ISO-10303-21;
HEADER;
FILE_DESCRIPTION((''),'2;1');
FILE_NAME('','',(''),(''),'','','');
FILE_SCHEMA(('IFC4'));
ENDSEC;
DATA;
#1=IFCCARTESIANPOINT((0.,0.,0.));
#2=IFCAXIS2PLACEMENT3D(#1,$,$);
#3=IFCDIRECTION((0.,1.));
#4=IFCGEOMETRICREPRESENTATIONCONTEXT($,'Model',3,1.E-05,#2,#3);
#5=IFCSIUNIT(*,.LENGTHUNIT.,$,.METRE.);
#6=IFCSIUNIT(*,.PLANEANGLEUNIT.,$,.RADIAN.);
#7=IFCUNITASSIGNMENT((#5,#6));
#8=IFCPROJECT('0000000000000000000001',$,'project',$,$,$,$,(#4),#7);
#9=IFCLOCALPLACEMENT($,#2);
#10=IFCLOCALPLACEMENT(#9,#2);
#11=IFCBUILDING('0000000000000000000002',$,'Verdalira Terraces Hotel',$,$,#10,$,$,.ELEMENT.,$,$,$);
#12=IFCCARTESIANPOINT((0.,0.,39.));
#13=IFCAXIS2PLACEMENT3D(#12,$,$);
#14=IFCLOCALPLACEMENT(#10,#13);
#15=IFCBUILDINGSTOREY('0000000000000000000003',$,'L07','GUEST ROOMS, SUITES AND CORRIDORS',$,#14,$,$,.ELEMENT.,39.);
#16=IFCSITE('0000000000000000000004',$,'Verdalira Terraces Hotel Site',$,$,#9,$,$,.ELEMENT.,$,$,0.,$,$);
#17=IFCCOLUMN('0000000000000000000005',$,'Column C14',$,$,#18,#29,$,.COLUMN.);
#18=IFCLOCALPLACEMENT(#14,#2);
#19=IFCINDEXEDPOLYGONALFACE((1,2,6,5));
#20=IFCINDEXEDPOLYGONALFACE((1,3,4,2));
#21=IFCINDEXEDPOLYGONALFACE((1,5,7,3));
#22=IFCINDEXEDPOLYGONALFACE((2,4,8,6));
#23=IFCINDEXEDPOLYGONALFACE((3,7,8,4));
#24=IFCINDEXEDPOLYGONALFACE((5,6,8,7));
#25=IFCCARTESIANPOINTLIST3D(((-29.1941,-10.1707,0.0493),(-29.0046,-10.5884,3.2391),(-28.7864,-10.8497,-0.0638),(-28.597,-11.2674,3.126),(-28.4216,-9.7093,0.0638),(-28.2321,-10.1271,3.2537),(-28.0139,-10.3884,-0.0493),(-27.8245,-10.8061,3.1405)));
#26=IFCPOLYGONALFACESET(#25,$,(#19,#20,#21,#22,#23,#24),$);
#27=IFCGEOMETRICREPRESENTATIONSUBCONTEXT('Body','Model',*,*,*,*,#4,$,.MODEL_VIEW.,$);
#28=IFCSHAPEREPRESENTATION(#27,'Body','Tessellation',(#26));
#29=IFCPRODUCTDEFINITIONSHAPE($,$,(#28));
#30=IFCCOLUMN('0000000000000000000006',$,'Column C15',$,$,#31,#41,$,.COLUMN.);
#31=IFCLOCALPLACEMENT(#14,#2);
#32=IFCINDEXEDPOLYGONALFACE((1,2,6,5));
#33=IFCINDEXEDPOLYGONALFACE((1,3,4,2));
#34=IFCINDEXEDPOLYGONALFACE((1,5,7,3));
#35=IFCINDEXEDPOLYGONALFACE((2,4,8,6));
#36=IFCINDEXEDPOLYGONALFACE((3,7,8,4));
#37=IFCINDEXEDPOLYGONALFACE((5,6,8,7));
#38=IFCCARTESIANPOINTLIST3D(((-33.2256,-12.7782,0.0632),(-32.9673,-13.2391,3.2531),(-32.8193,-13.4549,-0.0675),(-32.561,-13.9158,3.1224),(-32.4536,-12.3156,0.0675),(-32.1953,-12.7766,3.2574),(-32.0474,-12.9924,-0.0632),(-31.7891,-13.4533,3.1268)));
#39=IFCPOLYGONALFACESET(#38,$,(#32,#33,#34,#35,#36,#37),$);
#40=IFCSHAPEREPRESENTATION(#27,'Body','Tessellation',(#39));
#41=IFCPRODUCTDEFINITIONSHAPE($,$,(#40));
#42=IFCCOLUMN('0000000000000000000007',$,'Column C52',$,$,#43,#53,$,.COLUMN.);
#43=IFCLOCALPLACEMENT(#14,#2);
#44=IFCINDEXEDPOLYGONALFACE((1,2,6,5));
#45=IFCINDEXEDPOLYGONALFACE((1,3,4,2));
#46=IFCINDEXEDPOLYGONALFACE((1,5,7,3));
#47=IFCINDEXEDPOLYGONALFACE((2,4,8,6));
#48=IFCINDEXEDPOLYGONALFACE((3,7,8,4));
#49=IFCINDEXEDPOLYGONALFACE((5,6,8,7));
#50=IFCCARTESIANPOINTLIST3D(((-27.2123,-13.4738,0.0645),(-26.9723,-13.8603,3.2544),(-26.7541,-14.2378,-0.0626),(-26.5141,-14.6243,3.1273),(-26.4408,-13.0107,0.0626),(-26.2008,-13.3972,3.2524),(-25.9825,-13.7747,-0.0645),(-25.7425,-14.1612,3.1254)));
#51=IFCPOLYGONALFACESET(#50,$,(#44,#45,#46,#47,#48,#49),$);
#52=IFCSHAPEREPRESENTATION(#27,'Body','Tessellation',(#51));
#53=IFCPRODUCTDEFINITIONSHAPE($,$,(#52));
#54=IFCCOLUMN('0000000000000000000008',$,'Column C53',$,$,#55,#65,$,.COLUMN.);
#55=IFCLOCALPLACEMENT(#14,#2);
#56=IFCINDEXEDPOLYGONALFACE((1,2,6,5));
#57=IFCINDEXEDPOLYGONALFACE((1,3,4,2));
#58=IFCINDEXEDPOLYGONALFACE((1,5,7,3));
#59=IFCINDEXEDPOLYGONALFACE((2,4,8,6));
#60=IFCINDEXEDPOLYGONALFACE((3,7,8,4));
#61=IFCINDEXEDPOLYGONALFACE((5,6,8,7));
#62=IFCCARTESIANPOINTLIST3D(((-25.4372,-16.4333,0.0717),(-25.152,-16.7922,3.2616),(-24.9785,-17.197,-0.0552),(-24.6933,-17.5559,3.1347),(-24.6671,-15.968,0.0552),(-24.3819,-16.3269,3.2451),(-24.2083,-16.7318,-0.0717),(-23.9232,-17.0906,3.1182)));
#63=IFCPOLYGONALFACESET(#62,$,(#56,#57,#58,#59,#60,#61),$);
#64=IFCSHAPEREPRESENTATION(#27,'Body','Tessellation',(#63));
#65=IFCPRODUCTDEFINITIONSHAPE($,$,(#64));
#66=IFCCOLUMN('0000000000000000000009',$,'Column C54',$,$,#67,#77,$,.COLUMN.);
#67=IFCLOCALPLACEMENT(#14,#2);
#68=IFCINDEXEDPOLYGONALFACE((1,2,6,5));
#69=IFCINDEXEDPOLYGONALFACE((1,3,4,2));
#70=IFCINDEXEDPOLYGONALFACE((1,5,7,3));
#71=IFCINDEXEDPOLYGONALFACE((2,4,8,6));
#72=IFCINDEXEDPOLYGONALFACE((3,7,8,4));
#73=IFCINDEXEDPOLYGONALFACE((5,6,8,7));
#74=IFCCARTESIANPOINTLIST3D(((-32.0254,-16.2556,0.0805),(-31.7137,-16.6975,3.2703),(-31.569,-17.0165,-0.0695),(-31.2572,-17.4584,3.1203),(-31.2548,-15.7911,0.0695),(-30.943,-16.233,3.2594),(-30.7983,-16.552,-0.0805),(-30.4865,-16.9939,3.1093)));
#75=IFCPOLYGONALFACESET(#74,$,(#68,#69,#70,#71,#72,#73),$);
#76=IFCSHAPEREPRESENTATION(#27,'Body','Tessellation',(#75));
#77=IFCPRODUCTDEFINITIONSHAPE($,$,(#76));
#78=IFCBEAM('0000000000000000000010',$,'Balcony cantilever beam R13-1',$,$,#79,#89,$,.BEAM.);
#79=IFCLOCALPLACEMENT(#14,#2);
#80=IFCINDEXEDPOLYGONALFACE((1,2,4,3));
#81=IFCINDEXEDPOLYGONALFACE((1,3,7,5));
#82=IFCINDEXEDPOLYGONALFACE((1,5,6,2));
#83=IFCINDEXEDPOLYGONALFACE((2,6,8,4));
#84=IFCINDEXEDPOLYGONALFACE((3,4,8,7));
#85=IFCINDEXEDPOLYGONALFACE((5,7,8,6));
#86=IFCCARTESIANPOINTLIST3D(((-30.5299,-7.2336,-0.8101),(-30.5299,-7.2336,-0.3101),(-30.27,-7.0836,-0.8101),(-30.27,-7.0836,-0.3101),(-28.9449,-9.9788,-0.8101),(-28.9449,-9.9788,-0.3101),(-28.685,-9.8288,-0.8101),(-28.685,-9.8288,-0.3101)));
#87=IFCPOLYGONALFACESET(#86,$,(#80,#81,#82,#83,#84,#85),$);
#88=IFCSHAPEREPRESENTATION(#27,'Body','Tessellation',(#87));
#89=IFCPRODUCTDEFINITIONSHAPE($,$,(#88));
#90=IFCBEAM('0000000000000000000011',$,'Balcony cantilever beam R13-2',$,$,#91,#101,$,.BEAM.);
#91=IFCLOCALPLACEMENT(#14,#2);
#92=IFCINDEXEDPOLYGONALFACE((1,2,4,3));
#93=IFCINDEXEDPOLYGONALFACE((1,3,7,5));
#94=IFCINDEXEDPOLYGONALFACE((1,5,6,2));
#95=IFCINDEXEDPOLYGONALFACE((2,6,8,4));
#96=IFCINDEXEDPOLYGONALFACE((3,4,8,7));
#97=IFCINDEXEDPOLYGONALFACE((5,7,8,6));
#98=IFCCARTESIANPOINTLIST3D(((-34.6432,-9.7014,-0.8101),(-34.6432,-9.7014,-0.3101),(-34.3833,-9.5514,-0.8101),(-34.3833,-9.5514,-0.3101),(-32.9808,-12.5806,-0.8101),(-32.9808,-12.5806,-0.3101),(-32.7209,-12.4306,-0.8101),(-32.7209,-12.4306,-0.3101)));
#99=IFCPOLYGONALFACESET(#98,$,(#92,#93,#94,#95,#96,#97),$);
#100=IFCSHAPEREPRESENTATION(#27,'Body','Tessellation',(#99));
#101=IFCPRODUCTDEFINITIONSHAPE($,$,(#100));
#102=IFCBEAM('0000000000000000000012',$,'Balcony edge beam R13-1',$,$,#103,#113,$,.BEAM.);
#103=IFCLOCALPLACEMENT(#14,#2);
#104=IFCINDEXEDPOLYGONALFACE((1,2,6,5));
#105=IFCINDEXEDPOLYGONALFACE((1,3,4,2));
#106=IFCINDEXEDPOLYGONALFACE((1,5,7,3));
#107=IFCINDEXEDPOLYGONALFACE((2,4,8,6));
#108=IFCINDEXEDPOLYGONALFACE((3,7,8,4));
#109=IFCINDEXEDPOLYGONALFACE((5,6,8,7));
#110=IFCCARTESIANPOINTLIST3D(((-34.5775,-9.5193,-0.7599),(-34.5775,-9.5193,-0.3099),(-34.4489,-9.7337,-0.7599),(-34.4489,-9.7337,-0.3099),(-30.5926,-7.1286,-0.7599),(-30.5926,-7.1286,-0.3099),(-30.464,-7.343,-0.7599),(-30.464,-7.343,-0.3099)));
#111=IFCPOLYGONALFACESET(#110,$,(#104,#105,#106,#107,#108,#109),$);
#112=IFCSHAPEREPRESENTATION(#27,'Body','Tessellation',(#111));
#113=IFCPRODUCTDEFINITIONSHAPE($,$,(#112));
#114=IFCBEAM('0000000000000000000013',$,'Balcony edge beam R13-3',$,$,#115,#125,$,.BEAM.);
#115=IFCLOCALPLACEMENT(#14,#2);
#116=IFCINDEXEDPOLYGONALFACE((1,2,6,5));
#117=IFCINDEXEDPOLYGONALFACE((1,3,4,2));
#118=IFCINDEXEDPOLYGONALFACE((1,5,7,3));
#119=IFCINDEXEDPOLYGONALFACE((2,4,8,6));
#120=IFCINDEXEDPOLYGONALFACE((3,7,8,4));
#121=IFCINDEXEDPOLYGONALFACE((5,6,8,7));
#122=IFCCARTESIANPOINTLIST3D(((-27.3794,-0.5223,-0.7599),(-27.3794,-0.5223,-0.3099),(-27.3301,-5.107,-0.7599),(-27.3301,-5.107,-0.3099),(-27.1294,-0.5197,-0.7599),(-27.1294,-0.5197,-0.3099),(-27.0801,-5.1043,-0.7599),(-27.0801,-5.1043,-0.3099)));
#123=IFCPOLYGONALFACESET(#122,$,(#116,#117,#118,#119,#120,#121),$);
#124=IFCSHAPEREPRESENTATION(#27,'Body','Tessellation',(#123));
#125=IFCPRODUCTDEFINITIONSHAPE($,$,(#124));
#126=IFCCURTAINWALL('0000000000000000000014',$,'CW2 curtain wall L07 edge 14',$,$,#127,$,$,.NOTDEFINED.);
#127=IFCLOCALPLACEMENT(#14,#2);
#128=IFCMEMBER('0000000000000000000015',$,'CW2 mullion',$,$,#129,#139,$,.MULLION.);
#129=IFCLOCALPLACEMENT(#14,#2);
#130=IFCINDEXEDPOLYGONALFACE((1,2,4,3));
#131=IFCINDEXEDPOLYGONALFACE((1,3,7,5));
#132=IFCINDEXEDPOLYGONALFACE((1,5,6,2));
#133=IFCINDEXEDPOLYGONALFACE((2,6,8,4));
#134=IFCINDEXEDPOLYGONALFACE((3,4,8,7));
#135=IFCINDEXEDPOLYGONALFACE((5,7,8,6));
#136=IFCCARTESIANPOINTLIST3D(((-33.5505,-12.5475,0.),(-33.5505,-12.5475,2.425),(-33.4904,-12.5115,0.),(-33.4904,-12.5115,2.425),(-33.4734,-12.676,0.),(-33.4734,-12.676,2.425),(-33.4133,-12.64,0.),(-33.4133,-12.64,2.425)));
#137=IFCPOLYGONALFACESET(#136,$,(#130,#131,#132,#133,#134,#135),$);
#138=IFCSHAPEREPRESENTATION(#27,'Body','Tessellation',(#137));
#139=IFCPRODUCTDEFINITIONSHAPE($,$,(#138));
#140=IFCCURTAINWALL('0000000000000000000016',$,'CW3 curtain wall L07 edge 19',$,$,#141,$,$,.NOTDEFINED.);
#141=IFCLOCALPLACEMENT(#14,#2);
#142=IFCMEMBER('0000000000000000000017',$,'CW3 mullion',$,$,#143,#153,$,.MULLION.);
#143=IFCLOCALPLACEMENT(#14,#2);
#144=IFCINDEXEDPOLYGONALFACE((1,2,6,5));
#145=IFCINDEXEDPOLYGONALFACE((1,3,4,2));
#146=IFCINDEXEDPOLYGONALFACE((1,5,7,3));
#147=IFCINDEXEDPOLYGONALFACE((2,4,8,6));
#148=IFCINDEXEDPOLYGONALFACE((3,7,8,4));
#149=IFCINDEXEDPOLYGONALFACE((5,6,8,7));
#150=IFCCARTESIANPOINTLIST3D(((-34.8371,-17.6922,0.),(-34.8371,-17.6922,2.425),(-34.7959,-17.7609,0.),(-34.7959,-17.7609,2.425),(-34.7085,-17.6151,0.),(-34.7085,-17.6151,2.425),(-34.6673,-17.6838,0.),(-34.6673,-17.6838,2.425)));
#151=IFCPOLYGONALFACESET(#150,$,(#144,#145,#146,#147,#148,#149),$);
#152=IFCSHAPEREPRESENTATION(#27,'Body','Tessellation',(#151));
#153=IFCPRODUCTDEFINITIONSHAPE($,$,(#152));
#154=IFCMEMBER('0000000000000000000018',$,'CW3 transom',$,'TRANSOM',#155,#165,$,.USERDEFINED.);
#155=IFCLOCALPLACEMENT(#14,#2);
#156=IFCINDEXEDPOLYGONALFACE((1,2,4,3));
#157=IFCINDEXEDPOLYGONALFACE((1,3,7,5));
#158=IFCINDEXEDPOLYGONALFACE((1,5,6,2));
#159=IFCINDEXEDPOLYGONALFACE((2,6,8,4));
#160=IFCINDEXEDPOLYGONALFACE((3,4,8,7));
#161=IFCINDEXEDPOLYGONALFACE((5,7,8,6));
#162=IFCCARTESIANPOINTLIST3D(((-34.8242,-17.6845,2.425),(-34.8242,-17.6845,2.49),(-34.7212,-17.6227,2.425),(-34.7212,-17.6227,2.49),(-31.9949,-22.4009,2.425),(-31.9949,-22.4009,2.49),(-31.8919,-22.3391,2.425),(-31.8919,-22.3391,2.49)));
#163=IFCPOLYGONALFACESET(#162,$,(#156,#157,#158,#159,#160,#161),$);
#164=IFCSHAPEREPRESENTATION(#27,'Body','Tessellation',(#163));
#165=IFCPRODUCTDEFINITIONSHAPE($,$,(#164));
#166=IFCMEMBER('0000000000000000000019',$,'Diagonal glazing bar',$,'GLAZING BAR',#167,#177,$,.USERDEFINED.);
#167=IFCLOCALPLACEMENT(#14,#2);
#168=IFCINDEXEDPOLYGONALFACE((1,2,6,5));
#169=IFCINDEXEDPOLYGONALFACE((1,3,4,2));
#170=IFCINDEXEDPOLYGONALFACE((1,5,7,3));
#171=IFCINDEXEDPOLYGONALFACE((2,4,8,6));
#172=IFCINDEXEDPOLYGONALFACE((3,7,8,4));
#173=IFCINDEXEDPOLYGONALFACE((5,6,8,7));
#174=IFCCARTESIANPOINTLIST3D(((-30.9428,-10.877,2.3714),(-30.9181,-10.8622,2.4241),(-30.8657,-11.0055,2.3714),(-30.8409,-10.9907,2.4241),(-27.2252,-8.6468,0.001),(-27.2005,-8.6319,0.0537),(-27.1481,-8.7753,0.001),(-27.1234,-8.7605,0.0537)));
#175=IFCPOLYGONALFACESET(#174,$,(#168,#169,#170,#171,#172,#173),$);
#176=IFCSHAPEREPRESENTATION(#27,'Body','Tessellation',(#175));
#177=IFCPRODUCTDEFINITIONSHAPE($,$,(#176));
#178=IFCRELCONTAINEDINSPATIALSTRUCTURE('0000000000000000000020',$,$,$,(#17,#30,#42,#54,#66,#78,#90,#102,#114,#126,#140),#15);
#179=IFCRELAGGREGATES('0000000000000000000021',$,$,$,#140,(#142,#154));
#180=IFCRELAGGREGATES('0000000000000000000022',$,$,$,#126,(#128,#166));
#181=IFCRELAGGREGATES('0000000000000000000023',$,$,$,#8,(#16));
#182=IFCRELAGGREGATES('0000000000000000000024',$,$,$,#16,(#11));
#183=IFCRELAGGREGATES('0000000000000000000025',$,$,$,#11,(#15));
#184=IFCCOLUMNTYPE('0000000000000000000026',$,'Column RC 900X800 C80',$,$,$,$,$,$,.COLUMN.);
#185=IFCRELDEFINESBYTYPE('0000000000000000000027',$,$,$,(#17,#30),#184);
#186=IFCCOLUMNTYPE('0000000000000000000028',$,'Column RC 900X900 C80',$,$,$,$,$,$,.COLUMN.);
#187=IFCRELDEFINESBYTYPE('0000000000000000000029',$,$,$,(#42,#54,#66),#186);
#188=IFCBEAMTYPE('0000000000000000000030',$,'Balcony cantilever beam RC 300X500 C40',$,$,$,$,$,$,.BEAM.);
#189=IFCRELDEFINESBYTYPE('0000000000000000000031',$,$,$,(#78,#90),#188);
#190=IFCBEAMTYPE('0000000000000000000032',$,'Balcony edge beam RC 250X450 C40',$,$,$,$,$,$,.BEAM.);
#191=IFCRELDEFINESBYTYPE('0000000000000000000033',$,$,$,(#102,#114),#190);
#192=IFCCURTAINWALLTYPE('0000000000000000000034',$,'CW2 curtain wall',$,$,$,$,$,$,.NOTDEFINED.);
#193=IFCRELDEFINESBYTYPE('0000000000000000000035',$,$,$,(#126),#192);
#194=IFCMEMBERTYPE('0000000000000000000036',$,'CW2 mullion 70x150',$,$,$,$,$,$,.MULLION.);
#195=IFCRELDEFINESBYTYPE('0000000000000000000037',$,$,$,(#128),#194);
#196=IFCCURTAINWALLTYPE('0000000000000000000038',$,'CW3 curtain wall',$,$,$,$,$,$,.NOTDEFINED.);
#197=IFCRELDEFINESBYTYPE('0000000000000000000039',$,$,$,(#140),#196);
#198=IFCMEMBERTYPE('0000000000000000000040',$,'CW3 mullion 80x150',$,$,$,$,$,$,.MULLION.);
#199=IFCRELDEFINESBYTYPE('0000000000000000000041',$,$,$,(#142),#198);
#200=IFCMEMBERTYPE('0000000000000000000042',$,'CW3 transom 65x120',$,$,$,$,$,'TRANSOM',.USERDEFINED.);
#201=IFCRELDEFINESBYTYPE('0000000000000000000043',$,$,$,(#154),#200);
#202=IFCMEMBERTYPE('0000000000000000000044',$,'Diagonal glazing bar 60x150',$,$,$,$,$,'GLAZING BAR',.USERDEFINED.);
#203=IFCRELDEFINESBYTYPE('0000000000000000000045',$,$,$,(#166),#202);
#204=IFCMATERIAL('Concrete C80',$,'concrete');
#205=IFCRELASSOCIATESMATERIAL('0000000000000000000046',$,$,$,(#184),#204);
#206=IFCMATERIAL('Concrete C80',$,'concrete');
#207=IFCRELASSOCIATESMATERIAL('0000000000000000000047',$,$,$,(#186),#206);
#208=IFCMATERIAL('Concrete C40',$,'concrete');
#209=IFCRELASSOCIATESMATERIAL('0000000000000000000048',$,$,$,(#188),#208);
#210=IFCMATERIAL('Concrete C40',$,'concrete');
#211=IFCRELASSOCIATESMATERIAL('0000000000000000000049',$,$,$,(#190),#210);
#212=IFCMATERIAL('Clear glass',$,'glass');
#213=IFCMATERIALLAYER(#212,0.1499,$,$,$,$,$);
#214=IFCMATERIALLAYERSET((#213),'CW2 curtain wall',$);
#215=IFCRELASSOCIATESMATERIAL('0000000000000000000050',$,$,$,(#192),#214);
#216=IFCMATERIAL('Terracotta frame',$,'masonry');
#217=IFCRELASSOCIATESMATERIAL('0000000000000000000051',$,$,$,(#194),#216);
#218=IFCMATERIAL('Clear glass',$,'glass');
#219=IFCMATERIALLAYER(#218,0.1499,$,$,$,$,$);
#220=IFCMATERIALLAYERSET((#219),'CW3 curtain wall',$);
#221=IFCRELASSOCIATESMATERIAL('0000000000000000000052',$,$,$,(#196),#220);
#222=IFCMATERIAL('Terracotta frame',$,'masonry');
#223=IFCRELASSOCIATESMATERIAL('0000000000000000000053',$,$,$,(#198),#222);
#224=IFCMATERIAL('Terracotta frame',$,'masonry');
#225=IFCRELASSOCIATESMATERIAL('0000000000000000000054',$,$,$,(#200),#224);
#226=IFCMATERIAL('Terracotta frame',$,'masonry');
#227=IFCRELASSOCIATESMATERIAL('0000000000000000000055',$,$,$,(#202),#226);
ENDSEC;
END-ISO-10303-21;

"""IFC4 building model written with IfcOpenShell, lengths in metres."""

from ifc_helpers import new_model, si_unit, direction, frame, origin, origin_2d, place, context, subcontext, project, spatial, rectangle, extrude, material, layer, layer_set, material_profile, profile_set, type_object, element, aggregate, save


model = new_model("IFC4")

# Units and contexts
model_context = context("Model", 3, precision=1e-05, world=origin(), true_north=direction((0.0, 1.0)))
body_context = subcontext(model_context, "Body", "Model", "MODEL_VIEW")
ifc_project = project(units=[si_unit("LENGTHUNIT", "METRE"), si_unit("PLANEANGLEUNIT", "RADIAN")], contexts=[model_context])

# Site, building, storey
site_placement = place(None, origin())
site = spatial("IfcSite", under=ifc_project, at=site_placement, Name="Verdalira Terraces Hotel Site", CompositionType="ELEMENT", RefElevation=0.0)
building_placement = place(site_placement, origin())
building = spatial("IfcBuilding", under=site, at=building_placement, Name="Verdalira Terraces Hotel", CompositionType="ELEMENT")
storey_placement = place(building_placement, frame((0.0, 0.0, 39.0)))
storey = spatial("IfcBuildingStorey", under=building, at=storey_placement, Name="L07", Description="GUEST ROOMS, SUITES AND CORRIDORS", CompositionType="ELEMENT", Elevation=39.0)

# Columns
ifc_material_1 = material(Name="Concrete C80", Category="concrete")
ifc_material_profile_1 = material_profile(ifc_material_1, rectangle(XDim=0.8999, YDim=0.8, at=origin_2d()), Name="RC 900X800")
ifc_profile_set_1 = profile_set([ifc_material_profile_1], Name="Concrete C80")
column_type_1 = type_object("IfcColumnType", Name="Column RC 900X800 C80", PredefinedType="COLUMN", material=ifc_profile_set_1)
column_1_placement = place(storey_placement, frame((-28.604, -10.2795, 0.0), z_axis=(0.058786, -0.129617, 0.98982), x_axis=(-0.858441, -0.512658, -0.016149)))
element("IfcColumn", 1, at=column_1_placement, inside=storey, type_object=column_type_1, Name="Column C14", PredefinedType="COLUMN", context=body_context, shape_type="SweptSolid", body=[
    extrude(rectangle(XDim=0.8999, YDim=0.8, at=origin_2d()), origin(), (0.0, 0.0, 1.0), 3.2227),
])
column_2_placement = place(storey_placement, frame((-32.6365, -12.8853, 0.0), z_axis=(0.079885, -0.142555, 0.986558), x_axis=(-0.857783, -0.51399, -0.004812)))
element("IfcColumn", 2, at=column_2_placement, inside=storey, type_object=column_type_1, Name="Column C15", PredefinedType="COLUMN", context=body_context, shape_type="SweptSolid", body=[
    extrude(rectangle(XDim=0.8999, YDim=0.8, at=origin_2d()), origin(), (0.0, 0.0, 1.0), 3.2334),
])
ifc_material_2 = material(Name="Concrete C80", Category="concrete")
ifc_material_profile_2 = material_profile(ifc_material_2, rectangle(XDim=0.8999, YDim=0.8999, at=origin_2d()), Name="RC 900X900")
ifc_profile_set_2 = profile_set([ifc_material_profile_2], Name="Concrete C80")
column_type_2 = type_object("IfcColumnType", Name="Column RC 900X900 C80", PredefinedType="COLUMN", material=ifc_profile_set_2)
column_3_placement = place(storey_placement, frame((-26.5974, -13.6243, 0.0), z_axis=(0.07448, -0.119941, 0.989983), x_axis=(-0.857393, -0.514658, 0.002152)))
element("IfcColumn", 3, at=column_3_placement, inside=storey, type_object=column_type_2, Name="Column C52", PredefinedType="COLUMN", context=body_context, shape_type="SweptSolid", body=[
    extrude(rectangle(XDim=0.8999, YDim=0.8999, at=origin_2d()), origin(), (0.0, 0.0, 1.0), 3.2222),
])
column_4_placement = place(storey_placement, frame((-24.8228, -16.5825, 0.0), z_axis=(0.088483, -0.111362, 0.989833), x_axis=(-0.855771, -0.51703, 0.018331)))
element("IfcColumn", 4, at=column_4_placement, inside=storey, type_object=column_type_2, Name="Column C53", PredefinedType="COLUMN", context=body_context, shape_type="SweptSolid", body=[
    extrude(rectangle(XDim=0.8999, YDim=0.8999, at=origin_2d()), origin(), (0.0, 0.0, 1.0), 3.2227),
])
column_5_placement = place(storey_placement, frame((-31.4119, -16.4038, 0.0), z_axis=(0.09636, -0.136579, 0.985932), x_axis=(-0.856398, -0.516172, 0.012196)))
element("IfcColumn", 5, at=column_5_placement, inside=storey, type_object=column_type_2, Name="Column C54", PredefinedType="COLUMN", context=body_context, shape_type="SweptSolid", body=[
    extrude(rectangle(XDim=0.8999, YDim=0.8999, at=origin_2d()), origin(), (0.0, 0.0, 1.0), 3.2354),
])

# Beams
ifc_material_3 = material(Name="Concrete C40", Category="concrete")
ifc_material_profile_3 = material_profile(ifc_material_3, rectangle(XDim=0.3, YDim=0.5, at=origin_2d()), Name="RC 300X500")
ifc_profile_set_3 = profile_set([ifc_material_profile_3], Name="Concrete C40")
beam_type_1 = type_object("IfcBeamType", Name="Balcony cantilever beam RC 300X500 C40", PredefinedType="BEAM", material=ifc_profile_set_3)
beam_1_placement = place(storey_placement, frame((-28.8149, -9.9038, -0.5601), z_axis=(-0.500016, 0.866016, 0.0), x_axis=(-0.866016, -0.500016, 0.0)))
element("IfcBeam", 6, at=beam_1_placement, inside=storey, type_object=beam_type_1, Name="Balcony cantilever beam R13-1", PredefinedType="BEAM", context=body_context, shape_type="SweptSolid", body=[
    extrude(rectangle(XDim=0.3, YDim=0.5, at=origin_2d()), origin(), (0.0, 0.0, 1.0), 3.1699),
])
beam_2_placement = place(storey_placement, frame((-32.8508, -12.5056, -0.5601), z_axis=(-0.500017, 0.866016, 0.0), x_axis=(-0.866016, -0.500017, 0.0)))
element("IfcBeam", 7, at=beam_2_placement, inside=storey, type_object=beam_type_1, Name="Balcony cantilever beam R13-2", PredefinedType="BEAM", context=body_context, shape_type="SweptSolid", body=[
    extrude(rectangle(XDim=0.3, YDim=0.5, at=origin_2d()), origin(), (0.0, 0.0, 1.0), 3.3247),
])
ifc_material_4 = material(Name="Concrete C40", Category="concrete")
ifc_material_profile_4 = material_profile(ifc_material_4, rectangle(XDim=0.25, YDim=0.45, at=origin_2d()), Name="RC 250X450")
ifc_profile_set_4 = profile_set([ifc_material_profile_4], Name="Concrete C40")
beam_type_2 = type_object("IfcBeamType", Name="Balcony edge beam RC 250X450 C40", PredefinedType="BEAM", material=ifc_profile_set_4)
beam_3_placement = place(storey_placement, frame((-30.5283, -7.2358, -0.5349), z_axis=(-0.857521, -0.514449, 0.0), x_axis=(0.514449, -0.857521, 0.0)))
element("IfcBeam", 8, at=beam_3_placement, inside=storey, type_object=beam_type_2, Name="Balcony edge beam R13-1", PredefinedType="BEAM", context=body_context, shape_type="SweptSolid", body=[
    extrude(rectangle(XDim=0.25, YDim=0.45, at=origin_2d()), origin(), (0.0, 0.0, 1.0), 4.647),
])
beam_4_placement = place(storey_placement, frame((-27.2544, -0.521, -0.5349), z_axis=(0.010756, -0.999942, 0.0), x_axis=(0.999942, 0.010756, 0.0)))
element("IfcBeam", 9, at=beam_4_placement, inside=storey, type_object=beam_type_2, Name="Balcony edge beam R13-3", PredefinedType="BEAM", context=body_context, shape_type="SweptSolid", body=[
    extrude(rectangle(XDim=0.25, YDim=0.45, at=origin_2d()), origin(), (0.0, 0.0, 1.0), 4.585),
])

# Curtain wall, member
ifc_material_5 = material(Name="Clear glass", Category="glass")
ifc_layer_1 = layer(ifc_material_5, 0.1499)
ifc_layer_set_1 = layer_set([ifc_layer_1], Name="CW2 curtain wall")
curtain_wall_type_1 = type_object("IfcCurtainWallType", Name="CW2 curtain wall", PredefinedType="NOTDEFINED", material=ifc_layer_set_1)
curtain_wall_1_placement = place(storey_placement, origin())
curtain_wall_1 = element("IfcCurtainWall", 10, at=curtain_wall_1_placement, inside=storey, type_object=curtain_wall_type_1, Name="CW2 curtain wall L07 edge 14", PredefinedType="NOTDEFINED")
ifc_material_6 = material(Name="Terracotta frame", Category="masonry")
ifc_material_profile_5 = material_profile(ifc_material_6, rectangle(XDim=0.0701, YDim=0.1499, at=origin_2d()), Name="MU 70x150")
ifc_profile_set_5 = profile_set([ifc_material_profile_5], Name="Terracotta frame")
member_type_1 = type_object("IfcMemberType", Name="CW2 mullion 70x150", PredefinedType="MULLION", material=ifc_profile_set_5)
member_1_placement = place(storey_placement, frame((-33.4819, -12.5938, 0.0), z_axis=(0.0, 0.0, 1.0), x_axis=(-0.857527, -0.51444, 0.0)))
member_1 = element("IfcMember", 11, at=member_1_placement, type_object=member_type_1, Name="CW2 mullion", PredefinedType="MULLION", context=body_context, shape_type="SweptSolid", body=[
    extrude(rectangle(XDim=0.0701, YDim=0.1499, at=origin_2d()), origin(), (0.0, 0.0, 1.0), 2.425),
])

# Curtain wall, members
ifc_material_7 = material(Name="Clear glass", Category="glass")
ifc_layer_2 = layer(ifc_material_7, 0.1499)
ifc_layer_set_2 = layer_set([ifc_layer_2], Name="CW3 curtain wall")
curtain_wall_type_2 = type_object("IfcCurtainWallType", Name="CW3 curtain wall", PredefinedType="NOTDEFINED", material=ifc_layer_set_2)
curtain_wall_2_placement = place(storey_placement, origin())
curtain_wall_2 = element("IfcCurtainWall", 12, at=curtain_wall_2_placement, inside=storey, type_object=curtain_wall_type_2, Name="CW3 curtain wall L07 edge 19", PredefinedType="NOTDEFINED")
ifc_material_8 = material(Name="Terracotta frame", Category="masonry")
ifc_material_profile_6 = material_profile(ifc_material_8, rectangle(XDim=0.0801, YDim=0.1499, at=origin_2d()), Name="MU 80x150")
ifc_profile_set_6 = profile_set([ifc_material_profile_6], Name="Terracotta frame")
member_type_2 = type_object("IfcMemberType", Name="CW3 mullion 80x150", PredefinedType="MULLION", material=ifc_profile_set_6)
member_2_placement = place(storey_placement, frame((-34.7522, -17.688, 0.0), z_axis=(0.0, 0.0, 1.0), x_axis=(0.51444, -0.857527, 0.0)))
member_2 = element("IfcMember", 13, at=member_2_placement, type_object=member_type_2, Name="CW3 mullion", PredefinedType="MULLION", context=body_context, shape_type="SweptSolid", body=[
    extrude(rectangle(XDim=0.0801, YDim=0.1499, at=origin_2d()), origin(), (0.0, 0.0, 1.0), 2.425),
])
ifc_material_9 = material(Name="Terracotta frame", Category="masonry")
ifc_material_profile_7 = material_profile(ifc_material_9, rectangle(XDim=0.1201, YDim=0.0649, at=origin_2d()), Name="TR 65x120")
ifc_profile_set_7 = profile_set([ifc_material_profile_7], Name="Terracotta frame")
member_type_3 = type_object("IfcMemberType", Name="CW3 transom 65x120", ElementType="TRANSOM", PredefinedType="USERDEFINED", material=ifc_profile_set_7)
member_3_placement = place(storey_placement, frame((-34.7727, -17.6536, 2.4575), z_axis=(0.514417, -0.85754, 0.0), x_axis=(0.85754, 0.514417, 0.0)))
member_3 = element("IfcMember", 14, at=member_3_placement, type_object=member_type_3, Name="CW3 transom", ObjectType="TRANSOM", PredefinedType="USERDEFINED", context=body_context, shape_type="SweptSolid", body=[
    extrude(rectangle(XDim=0.1201, YDim=0.0649, at=origin_2d()), origin(), (0.0, 0.0, 1.0), 5.5),
])
aggregate(curtain_wall_2, [member_2, member_3])

# Member
ifc_material_10 = material(Name="Terracotta frame", Category="masonry")
ifc_material_profile_8 = material_profile(ifc_material_10, rectangle(XDim=0.1499, YDim=0.0601, at=origin_2d()), Name="GB 60x150")
ifc_profile_set_8 = profile_set([ifc_material_profile_8], Name="Terracotta frame")
member_type_4 = type_object("IfcMemberType", Name="Diagonal glazing bar 60x150", ElementType="GLAZING BAR", PredefinedType="USERDEFINED", material=ifc_profile_set_8)
member_4_placement = place(storey_placement, frame((-27.1743, -8.7036, 0.0273), z_axis=(-0.752399, -0.45138, 0.479742), x_axis=(0.514446, -0.857523, 0.0)))
member_4 = element("IfcMember", 15, at=member_4_placement, type_object=member_type_4, Name="Diagonal glazing bar", ObjectType="GLAZING BAR", PredefinedType="USERDEFINED", context=body_context, shape_type="SweptSolid", body=[
    extrude(rectangle(XDim=0.1499, YDim=0.0601, at=origin_2d()), origin(), (0.0, 0.0, 1.0), 4.9409),
])

aggregate(curtain_wall_1, [member_1, member_4])

save(model, "model.ifc")
